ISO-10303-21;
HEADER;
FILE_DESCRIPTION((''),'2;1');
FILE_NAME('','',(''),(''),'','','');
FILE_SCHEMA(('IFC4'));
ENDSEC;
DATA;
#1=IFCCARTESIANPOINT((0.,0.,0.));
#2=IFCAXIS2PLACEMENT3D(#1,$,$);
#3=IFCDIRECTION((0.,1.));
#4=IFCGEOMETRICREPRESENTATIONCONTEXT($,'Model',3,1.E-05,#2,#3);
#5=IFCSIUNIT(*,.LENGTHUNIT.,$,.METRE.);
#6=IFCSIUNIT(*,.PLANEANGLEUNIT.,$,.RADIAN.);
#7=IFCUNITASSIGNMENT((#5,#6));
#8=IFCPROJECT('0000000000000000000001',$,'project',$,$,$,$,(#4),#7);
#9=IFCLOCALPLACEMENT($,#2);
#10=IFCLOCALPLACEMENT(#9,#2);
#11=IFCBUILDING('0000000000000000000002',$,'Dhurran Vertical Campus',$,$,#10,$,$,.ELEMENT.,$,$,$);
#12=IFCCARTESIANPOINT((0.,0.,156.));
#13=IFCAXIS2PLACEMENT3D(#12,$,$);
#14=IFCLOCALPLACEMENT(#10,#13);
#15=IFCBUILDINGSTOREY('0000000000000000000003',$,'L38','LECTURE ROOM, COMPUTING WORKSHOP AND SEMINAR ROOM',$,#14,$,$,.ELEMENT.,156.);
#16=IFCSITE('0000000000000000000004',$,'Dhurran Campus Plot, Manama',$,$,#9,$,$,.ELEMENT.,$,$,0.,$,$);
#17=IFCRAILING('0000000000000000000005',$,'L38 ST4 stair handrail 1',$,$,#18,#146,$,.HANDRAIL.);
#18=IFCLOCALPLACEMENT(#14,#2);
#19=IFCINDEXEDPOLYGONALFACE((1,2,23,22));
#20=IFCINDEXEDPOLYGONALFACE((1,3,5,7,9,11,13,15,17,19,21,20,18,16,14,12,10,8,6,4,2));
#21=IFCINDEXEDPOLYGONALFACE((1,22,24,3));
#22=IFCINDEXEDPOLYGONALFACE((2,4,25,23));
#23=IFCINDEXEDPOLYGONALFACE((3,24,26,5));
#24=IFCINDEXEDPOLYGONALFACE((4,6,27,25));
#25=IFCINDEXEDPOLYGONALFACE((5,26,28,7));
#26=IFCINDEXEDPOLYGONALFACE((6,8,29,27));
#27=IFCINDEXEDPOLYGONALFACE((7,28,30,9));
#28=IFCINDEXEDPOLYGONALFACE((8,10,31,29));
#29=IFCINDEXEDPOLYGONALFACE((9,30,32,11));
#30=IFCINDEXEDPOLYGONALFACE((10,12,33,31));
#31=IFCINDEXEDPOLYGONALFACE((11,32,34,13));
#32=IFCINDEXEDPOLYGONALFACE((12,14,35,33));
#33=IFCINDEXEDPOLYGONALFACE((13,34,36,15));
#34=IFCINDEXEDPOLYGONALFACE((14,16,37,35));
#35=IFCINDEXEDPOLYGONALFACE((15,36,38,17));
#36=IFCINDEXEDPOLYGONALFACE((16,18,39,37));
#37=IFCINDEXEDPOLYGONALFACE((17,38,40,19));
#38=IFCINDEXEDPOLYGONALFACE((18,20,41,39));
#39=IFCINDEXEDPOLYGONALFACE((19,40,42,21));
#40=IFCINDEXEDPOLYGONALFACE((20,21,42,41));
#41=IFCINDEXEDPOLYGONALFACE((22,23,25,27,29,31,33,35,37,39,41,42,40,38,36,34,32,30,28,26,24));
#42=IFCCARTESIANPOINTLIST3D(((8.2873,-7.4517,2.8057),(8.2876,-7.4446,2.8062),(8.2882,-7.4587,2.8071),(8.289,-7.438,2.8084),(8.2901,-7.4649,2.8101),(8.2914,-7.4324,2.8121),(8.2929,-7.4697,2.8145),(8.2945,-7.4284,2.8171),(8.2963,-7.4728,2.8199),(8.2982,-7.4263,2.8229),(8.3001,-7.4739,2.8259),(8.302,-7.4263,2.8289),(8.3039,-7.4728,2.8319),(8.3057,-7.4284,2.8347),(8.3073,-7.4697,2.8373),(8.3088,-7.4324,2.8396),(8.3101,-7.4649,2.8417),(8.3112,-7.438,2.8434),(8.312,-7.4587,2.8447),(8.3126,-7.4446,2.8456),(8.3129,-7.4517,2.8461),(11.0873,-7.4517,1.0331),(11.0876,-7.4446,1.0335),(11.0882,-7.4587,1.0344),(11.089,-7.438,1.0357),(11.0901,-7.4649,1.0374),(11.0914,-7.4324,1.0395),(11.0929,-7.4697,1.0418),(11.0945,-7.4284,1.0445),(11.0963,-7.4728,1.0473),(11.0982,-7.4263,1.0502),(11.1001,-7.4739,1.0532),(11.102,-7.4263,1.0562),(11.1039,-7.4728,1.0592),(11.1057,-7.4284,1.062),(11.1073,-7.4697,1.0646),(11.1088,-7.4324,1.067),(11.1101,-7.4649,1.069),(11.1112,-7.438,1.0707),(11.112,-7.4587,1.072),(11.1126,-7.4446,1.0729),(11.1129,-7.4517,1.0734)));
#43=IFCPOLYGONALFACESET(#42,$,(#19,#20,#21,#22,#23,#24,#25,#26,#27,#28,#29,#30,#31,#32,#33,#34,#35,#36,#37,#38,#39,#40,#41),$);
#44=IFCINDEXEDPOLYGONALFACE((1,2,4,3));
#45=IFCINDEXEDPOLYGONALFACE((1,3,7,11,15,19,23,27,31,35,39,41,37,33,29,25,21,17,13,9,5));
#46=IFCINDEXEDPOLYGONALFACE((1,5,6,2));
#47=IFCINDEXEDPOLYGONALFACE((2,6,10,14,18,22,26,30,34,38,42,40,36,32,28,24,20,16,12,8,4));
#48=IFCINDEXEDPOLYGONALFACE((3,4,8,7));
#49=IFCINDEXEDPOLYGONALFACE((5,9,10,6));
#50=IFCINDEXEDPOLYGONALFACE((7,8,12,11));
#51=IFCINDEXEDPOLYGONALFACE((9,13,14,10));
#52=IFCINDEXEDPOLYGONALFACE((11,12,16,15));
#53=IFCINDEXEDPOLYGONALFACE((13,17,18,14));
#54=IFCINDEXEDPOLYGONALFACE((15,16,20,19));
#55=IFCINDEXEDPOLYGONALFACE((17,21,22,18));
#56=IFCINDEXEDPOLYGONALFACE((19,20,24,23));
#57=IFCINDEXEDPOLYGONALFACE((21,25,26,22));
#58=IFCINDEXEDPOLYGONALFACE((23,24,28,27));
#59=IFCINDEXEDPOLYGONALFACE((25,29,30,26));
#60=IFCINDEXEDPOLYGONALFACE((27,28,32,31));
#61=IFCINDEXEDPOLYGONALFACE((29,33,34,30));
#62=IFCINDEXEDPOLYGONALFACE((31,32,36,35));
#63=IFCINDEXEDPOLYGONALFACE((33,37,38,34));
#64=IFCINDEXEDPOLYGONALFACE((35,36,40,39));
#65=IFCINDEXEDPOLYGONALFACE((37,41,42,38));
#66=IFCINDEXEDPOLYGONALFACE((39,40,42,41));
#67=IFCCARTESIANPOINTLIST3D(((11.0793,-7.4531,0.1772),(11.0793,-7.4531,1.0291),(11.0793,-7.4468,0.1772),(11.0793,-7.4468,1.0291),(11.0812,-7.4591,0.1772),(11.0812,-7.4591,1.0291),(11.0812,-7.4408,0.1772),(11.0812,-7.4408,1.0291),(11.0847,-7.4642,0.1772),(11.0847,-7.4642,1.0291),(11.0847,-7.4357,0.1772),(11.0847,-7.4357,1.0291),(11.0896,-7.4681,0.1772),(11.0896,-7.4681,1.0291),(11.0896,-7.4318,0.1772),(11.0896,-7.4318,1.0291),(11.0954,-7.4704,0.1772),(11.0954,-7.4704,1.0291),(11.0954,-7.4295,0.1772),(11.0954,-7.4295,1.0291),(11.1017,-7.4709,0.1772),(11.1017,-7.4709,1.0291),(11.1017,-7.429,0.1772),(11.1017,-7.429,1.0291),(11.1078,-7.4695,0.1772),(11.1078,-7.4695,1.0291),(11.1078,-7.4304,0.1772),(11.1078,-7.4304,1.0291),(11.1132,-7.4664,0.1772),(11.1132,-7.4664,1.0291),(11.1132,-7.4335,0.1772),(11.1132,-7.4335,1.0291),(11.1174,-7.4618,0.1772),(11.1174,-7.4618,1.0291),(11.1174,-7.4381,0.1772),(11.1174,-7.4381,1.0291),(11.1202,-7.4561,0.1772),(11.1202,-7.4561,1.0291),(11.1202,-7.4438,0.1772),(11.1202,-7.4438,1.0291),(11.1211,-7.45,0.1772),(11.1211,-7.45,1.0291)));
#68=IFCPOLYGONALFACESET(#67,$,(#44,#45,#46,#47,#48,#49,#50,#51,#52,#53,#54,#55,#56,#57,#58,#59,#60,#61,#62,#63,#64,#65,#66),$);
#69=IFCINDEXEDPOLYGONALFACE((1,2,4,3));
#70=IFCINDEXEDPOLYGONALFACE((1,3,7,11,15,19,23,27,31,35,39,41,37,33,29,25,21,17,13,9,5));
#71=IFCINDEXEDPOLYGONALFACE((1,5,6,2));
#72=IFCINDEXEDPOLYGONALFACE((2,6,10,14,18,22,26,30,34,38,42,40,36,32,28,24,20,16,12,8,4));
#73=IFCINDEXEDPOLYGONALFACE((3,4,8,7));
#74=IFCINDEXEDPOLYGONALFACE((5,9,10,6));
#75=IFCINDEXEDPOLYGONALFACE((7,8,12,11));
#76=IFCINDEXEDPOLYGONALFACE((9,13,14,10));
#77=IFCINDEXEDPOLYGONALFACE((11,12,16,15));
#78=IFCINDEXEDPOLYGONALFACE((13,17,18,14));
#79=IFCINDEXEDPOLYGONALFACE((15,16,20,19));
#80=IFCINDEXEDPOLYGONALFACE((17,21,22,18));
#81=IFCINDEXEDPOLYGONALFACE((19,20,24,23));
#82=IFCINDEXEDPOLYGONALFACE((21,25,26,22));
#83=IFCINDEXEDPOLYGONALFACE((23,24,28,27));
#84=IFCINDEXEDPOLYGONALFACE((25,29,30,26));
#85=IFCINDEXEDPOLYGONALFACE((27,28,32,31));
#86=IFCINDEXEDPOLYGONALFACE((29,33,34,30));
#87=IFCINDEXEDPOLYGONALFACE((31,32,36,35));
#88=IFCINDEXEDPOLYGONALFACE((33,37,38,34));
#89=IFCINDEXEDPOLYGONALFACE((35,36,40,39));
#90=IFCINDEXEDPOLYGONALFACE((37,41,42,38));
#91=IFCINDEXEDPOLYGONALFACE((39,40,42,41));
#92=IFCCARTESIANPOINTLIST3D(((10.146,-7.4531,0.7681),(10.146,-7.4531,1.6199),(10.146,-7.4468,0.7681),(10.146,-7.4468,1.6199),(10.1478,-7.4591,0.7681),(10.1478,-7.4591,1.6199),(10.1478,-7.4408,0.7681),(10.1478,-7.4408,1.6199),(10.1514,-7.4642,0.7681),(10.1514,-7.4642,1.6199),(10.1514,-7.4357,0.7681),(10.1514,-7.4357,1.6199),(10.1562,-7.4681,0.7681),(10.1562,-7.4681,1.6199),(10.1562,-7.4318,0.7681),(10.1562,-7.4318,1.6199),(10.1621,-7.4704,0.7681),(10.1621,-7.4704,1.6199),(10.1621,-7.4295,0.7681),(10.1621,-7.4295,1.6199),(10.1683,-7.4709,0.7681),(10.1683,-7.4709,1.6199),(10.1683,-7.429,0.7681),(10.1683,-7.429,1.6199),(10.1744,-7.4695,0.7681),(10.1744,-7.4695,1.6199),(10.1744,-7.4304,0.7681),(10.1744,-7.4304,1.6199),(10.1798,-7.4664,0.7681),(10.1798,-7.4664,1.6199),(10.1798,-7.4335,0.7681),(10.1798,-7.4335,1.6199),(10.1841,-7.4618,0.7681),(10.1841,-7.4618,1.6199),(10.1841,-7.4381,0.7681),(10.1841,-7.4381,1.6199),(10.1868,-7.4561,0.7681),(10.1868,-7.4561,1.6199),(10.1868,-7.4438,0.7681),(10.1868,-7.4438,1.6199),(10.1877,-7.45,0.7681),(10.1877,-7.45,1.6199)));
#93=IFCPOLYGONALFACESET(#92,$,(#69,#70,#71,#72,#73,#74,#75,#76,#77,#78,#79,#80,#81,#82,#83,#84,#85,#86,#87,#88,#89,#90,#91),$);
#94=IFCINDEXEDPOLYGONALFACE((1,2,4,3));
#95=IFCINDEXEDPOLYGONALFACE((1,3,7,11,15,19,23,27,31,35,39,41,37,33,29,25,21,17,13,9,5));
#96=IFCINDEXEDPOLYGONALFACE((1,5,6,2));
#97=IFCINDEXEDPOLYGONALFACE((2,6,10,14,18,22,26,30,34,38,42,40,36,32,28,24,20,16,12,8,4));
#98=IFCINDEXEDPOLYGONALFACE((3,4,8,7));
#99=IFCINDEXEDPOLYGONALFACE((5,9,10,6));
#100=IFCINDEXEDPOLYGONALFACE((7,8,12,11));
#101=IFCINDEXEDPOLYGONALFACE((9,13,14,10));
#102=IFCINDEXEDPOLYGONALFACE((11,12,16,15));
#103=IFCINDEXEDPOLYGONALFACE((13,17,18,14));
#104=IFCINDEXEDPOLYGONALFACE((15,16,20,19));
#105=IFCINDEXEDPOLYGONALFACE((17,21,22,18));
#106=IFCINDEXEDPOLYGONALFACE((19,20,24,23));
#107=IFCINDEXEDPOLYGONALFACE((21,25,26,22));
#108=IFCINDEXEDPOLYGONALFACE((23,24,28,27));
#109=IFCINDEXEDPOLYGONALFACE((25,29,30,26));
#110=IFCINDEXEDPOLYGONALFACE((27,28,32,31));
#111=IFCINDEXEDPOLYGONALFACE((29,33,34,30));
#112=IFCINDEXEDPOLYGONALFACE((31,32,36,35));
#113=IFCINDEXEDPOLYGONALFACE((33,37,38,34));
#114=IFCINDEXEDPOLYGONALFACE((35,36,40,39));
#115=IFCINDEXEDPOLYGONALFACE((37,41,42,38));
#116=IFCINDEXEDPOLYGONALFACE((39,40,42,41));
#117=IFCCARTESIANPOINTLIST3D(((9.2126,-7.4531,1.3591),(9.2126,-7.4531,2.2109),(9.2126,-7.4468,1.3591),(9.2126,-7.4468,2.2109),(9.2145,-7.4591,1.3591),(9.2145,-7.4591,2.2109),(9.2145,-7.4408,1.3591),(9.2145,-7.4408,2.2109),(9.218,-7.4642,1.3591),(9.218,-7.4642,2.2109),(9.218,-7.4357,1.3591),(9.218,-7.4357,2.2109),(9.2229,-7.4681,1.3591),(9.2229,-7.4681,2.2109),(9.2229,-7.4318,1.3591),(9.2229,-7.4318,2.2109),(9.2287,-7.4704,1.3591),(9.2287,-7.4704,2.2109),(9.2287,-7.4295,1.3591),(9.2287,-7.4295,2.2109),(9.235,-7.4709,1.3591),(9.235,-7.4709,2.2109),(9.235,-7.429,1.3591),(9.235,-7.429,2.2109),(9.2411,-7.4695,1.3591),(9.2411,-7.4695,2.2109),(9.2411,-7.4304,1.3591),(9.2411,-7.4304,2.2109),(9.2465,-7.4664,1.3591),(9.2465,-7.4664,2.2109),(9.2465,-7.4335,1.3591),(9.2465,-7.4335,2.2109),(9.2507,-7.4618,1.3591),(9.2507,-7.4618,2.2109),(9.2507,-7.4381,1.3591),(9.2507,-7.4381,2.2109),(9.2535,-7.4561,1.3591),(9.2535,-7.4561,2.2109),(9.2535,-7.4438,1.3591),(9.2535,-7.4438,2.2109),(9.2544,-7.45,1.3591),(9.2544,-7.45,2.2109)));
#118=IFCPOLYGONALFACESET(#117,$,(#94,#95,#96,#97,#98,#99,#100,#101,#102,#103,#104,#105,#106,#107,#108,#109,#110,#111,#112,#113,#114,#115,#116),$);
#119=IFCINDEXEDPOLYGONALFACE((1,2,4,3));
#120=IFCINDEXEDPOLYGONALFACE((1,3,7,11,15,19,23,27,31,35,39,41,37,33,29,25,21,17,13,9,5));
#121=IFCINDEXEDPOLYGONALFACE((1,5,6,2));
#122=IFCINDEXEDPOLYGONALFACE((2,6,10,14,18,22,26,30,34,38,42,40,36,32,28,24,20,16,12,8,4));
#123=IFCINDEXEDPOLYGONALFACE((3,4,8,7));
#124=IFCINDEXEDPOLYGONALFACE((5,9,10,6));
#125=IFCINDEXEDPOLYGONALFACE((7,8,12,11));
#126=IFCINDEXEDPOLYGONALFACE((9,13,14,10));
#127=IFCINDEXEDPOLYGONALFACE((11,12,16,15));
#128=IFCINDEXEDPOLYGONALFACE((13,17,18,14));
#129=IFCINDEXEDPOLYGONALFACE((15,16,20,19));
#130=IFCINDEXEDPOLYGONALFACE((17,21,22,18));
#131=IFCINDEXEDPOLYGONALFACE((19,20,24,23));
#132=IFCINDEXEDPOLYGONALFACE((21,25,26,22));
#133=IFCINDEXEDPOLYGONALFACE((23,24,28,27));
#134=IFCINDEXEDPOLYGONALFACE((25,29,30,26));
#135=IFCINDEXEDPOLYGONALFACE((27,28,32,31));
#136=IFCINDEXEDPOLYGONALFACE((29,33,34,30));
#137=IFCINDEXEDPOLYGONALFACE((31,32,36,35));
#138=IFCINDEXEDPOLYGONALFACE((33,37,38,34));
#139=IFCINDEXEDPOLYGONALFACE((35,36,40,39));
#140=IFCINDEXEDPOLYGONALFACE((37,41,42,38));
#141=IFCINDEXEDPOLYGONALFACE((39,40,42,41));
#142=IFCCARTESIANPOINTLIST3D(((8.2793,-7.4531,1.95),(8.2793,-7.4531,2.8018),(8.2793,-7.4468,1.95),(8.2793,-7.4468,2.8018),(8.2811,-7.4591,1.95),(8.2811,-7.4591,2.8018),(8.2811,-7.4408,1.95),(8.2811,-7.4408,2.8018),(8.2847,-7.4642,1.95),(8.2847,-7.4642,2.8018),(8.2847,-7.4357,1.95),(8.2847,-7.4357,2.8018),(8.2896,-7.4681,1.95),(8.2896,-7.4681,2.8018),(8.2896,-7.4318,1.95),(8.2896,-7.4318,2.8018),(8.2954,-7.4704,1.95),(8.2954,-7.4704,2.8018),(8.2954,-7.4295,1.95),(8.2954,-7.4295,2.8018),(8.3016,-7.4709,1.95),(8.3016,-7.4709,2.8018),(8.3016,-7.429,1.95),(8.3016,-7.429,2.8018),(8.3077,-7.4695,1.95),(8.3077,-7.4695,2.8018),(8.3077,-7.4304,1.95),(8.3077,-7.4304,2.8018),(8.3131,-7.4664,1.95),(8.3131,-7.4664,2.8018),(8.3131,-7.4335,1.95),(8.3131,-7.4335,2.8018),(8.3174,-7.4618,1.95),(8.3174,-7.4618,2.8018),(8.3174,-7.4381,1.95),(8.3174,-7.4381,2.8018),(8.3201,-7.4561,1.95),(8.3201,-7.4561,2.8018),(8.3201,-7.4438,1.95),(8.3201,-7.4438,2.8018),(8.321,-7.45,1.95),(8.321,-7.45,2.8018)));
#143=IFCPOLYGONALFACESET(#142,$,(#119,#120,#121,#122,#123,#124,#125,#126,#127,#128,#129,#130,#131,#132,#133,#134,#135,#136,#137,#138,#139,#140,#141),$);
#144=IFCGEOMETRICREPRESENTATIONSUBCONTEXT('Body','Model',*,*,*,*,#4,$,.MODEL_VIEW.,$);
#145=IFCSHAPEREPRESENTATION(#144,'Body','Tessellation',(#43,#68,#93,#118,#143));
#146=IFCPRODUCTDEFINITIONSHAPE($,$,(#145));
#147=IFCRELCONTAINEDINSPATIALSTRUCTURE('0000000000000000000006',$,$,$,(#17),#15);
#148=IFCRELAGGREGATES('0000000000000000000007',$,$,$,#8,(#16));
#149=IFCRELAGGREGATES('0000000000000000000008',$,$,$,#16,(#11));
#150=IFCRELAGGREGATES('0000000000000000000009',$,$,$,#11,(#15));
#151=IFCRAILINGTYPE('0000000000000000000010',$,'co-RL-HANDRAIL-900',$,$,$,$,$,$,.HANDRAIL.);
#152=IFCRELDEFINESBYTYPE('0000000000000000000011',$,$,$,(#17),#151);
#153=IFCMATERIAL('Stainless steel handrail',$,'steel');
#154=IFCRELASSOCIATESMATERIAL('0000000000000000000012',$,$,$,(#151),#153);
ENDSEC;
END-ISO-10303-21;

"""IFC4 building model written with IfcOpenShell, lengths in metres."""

from ifc_helpers import new_model, si_unit, direction, frame, origin, origin_2d, place, context, subcontext, project, spatial, circle, extrude, material, type_object, element, save


model = new_model("IFC4")

# Units and contexts
model_context = context("Model", 3, precision=1e-05, world=origin(), true_north=direction((0.0, 1.0)))
body_context = subcontext(model_context, "Body", "Model", "MODEL_VIEW")
ifc_project = project(units=[si_unit("LENGTHUNIT", "METRE"), si_unit("PLANEANGLEUNIT", "RADIAN")], contexts=[model_context])

# Site, building, storey
site_placement = place(None, origin())
site = spatial("IfcSite", under=ifc_project, at=site_placement, Name="Dhurran Campus Plot, Manama", CompositionType="ELEMENT", RefElevation=0.0)
building_placement = place(site_placement, origin())
building = spatial("IfcBuilding", under=site, at=building_placement, Name="Dhurran Vertical Campus", CompositionType="ELEMENT")
storey_placement = place(building_placement, frame((0.0, 0.0, 156.0)))
storey = spatial("IfcBuildingStorey", under=building, at=storey_placement, Name="L38", Description="LECTURE ROOM, COMPUTING WORKSHOP AND SEMINAR ROOM", CompositionType="ELEMENT", Elevation=156.0)

# Railing
ifc_material_1 = material(Name="Stainless steel handrail", Category="steel")
railing_type = type_object("IfcRailingType", Name="co-RL-HANDRAIL-900", PredefinedType="HANDRAIL", material=ifc_material_1)
railing_placement = place(storey_placement, frame((11.1001, -7.45, 0.1772)))
element("IfcRailing", 1, at=railing_placement, inside=storey, type_object=railing_type, Name="L38 ST4 stair handrail 1", PredefinedType="HANDRAIL", context=body_context, shape_type="SweptSolid", body=[
    extrude(circle(Radius=0.0239, at=origin_2d()), frame((0.0, 0.0, 0.876), z_axis=(-0.844909, 0.0, 0.53491), x_axis=(0.0, -1.0, 0.0)), (0.0, 0.0, 1.0), 3.314),
    extrude(circle(Radius=0.021, at=origin_2d()), origin(), (0.0, 0.0, 1.0), 0.8518),
    extrude(circle(Radius=0.021, at=origin_2d()), frame((-0.9333, 0.0, 0.5908)), (0.0, 0.0, 1.0), 0.8518),
    extrude(circle(Radius=0.021, at=origin_2d()), frame((-1.8667, 0.0, 1.1819)), (0.0, 0.0, 1.0), 0.8518),
    extrude(circle(Radius=0.021, at=origin_2d()), frame((-2.8, 0.0, 1.7727)), (0.0, 0.0, 1.0), 0.8518),
])

save(model, "model.ifc")
